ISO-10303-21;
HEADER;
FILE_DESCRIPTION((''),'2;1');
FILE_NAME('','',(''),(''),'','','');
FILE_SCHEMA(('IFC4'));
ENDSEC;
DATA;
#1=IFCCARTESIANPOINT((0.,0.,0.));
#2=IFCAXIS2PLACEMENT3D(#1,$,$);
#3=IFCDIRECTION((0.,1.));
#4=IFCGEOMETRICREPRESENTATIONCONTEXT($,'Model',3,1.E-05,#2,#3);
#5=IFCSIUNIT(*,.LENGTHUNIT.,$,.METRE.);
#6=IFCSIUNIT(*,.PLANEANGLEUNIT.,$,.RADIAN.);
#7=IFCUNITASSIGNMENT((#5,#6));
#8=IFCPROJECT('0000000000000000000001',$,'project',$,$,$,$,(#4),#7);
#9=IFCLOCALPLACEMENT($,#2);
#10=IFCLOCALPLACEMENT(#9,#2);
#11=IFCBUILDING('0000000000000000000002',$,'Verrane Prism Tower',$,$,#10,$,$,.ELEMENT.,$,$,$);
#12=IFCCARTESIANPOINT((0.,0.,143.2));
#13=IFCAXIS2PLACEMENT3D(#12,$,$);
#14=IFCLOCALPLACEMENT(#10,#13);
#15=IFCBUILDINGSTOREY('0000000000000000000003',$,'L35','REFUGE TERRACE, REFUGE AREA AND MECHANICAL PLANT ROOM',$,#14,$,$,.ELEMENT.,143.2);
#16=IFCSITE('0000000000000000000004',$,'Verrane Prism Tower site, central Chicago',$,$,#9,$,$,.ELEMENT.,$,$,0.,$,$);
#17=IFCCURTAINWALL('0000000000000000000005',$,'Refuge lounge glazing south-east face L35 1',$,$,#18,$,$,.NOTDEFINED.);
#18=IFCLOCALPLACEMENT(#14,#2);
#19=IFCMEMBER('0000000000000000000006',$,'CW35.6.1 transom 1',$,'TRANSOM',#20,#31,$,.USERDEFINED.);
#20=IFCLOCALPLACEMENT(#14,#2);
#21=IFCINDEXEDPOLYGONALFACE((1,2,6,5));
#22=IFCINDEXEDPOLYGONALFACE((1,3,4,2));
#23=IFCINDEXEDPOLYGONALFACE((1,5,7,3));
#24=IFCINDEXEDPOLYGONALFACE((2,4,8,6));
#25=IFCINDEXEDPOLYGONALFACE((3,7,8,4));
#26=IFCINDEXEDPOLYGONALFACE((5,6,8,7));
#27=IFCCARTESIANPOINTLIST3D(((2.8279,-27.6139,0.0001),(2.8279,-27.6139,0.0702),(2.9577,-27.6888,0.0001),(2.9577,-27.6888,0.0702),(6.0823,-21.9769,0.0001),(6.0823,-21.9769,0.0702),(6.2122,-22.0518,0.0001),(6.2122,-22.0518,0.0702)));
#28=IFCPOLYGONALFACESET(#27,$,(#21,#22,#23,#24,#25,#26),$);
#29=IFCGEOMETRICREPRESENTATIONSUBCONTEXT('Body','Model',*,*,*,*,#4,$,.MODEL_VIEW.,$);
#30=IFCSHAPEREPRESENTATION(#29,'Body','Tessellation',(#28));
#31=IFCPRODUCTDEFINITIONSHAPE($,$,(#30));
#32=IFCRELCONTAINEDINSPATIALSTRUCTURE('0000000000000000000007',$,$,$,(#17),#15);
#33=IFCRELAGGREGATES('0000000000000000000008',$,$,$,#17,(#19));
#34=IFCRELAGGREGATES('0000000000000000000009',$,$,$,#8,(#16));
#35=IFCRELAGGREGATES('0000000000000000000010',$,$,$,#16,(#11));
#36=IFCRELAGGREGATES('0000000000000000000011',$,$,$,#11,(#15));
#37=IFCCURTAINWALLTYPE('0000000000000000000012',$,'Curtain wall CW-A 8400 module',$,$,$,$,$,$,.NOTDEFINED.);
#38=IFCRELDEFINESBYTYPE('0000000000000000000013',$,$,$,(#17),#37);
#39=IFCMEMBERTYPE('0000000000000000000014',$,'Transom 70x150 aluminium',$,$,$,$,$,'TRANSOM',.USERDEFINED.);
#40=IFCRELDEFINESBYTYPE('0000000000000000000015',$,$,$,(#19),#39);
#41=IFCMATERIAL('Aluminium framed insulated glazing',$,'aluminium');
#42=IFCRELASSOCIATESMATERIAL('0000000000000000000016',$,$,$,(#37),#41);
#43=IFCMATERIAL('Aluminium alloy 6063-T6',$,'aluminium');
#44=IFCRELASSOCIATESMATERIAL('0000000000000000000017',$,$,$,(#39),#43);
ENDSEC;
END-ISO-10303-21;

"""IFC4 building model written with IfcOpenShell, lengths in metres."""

from ifc_helpers import new_model, si_unit, direction, frame, origin, origin_2d, place, context, subcontext, project, spatial, rectangle, extrude, material, material_profile, profile_set, type_object, element, aggregate, save


model = new_model("IFC4")

# Units and contexts
model_context = context("Model", 3, precision=1e-05, world=origin(), true_north=direction((0.0, 1.0)))
body_context = subcontext(model_context, "Body", "Model", "MODEL_VIEW")
ifc_project = project(units=[si_unit("LENGTHUNIT", "METRE"), si_unit("PLANEANGLEUNIT", "RADIAN")], contexts=[model_context])

# Site, building, storey
site_placement = place(None, origin())
site = spatial("IfcSite", under=ifc_project, at=site_placement, Name="Verrane Prism Tower site, central Chicago", CompositionType="ELEMENT", RefElevation=0.0)
building_placement = place(site_placement, origin())
building = spatial("IfcBuilding", under=site, at=building_placement, Name="Verrane Prism Tower", CompositionType="ELEMENT")
storey_placement = place(building_placement, frame((0.0, 0.0, 143.2)))
storey = spatial("IfcBuildingStorey", under=building, at=storey_placement, Name="L35", Description="REFUGE TERRACE, REFUGE AREA AND MECHANICAL PLANT ROOM", CompositionType="ELEMENT", Elevation=143.2)

# Curtain wall
ifc_material_1 = material(Name="Aluminium framed insulated glazing", Category="aluminium")
curtain_wall_type = type_object("IfcCurtainWallType", Name="Curtain wall CW-A 8400 module", PredefinedType="NOTDEFINED", material=ifc_material_1)
curtain_wall_placement = place(storey_placement, origin())
curtain_wall = element("IfcCurtainWall", 1, at=curtain_wall_placement, inside=storey, type_object=curtain_wall_type, Name="Refuge lounge glazing south-east face L35 1", PredefinedType="NOTDEFINED")

# Member
ifc_material_2 = material(Name="Aluminium alloy 6063-T6", Category="aluminium")
ifc_material_profile_1 = material_profile(ifc_material_2, rectangle(XDim=0.1499, YDim=0.0701, at=origin_2d()), Name="Transom 70x150 aluminium")
ifc_profile_set_1 = profile_set([ifc_material_profile_1], Name="Aluminium alloy 6063-T6")
member_type_1 = type_object("IfcMemberType", Name="Transom 70x150 aluminium", ElementType="TRANSOM", PredefinedType="USERDEFINED", material=ifc_profile_set_1)
member_1_placement = place(storey_placement, frame((2.8928, -27.6514, 0.0352), z_axis=(0.499988, 0.866033, 0.0), x_axis=(-0.866033, 0.499988, 0.0)))
member_1 = element("IfcMember", 2, at=member_1_placement, type_object=member_type_1, Name="CW35.6.1 transom 1", ObjectType="TRANSOM", PredefinedType="USERDEFINED", context=body_context, shape_type="SweptSolid", body=[
    extrude(rectangle(XDim=0.1499, YDim=0.0701, at=origin_2d()), origin(), (0.0, 0.0, 1.0), 6.509),
])
aggregate(curtain_wall, [member_1])

save(model, "model.ifc")
